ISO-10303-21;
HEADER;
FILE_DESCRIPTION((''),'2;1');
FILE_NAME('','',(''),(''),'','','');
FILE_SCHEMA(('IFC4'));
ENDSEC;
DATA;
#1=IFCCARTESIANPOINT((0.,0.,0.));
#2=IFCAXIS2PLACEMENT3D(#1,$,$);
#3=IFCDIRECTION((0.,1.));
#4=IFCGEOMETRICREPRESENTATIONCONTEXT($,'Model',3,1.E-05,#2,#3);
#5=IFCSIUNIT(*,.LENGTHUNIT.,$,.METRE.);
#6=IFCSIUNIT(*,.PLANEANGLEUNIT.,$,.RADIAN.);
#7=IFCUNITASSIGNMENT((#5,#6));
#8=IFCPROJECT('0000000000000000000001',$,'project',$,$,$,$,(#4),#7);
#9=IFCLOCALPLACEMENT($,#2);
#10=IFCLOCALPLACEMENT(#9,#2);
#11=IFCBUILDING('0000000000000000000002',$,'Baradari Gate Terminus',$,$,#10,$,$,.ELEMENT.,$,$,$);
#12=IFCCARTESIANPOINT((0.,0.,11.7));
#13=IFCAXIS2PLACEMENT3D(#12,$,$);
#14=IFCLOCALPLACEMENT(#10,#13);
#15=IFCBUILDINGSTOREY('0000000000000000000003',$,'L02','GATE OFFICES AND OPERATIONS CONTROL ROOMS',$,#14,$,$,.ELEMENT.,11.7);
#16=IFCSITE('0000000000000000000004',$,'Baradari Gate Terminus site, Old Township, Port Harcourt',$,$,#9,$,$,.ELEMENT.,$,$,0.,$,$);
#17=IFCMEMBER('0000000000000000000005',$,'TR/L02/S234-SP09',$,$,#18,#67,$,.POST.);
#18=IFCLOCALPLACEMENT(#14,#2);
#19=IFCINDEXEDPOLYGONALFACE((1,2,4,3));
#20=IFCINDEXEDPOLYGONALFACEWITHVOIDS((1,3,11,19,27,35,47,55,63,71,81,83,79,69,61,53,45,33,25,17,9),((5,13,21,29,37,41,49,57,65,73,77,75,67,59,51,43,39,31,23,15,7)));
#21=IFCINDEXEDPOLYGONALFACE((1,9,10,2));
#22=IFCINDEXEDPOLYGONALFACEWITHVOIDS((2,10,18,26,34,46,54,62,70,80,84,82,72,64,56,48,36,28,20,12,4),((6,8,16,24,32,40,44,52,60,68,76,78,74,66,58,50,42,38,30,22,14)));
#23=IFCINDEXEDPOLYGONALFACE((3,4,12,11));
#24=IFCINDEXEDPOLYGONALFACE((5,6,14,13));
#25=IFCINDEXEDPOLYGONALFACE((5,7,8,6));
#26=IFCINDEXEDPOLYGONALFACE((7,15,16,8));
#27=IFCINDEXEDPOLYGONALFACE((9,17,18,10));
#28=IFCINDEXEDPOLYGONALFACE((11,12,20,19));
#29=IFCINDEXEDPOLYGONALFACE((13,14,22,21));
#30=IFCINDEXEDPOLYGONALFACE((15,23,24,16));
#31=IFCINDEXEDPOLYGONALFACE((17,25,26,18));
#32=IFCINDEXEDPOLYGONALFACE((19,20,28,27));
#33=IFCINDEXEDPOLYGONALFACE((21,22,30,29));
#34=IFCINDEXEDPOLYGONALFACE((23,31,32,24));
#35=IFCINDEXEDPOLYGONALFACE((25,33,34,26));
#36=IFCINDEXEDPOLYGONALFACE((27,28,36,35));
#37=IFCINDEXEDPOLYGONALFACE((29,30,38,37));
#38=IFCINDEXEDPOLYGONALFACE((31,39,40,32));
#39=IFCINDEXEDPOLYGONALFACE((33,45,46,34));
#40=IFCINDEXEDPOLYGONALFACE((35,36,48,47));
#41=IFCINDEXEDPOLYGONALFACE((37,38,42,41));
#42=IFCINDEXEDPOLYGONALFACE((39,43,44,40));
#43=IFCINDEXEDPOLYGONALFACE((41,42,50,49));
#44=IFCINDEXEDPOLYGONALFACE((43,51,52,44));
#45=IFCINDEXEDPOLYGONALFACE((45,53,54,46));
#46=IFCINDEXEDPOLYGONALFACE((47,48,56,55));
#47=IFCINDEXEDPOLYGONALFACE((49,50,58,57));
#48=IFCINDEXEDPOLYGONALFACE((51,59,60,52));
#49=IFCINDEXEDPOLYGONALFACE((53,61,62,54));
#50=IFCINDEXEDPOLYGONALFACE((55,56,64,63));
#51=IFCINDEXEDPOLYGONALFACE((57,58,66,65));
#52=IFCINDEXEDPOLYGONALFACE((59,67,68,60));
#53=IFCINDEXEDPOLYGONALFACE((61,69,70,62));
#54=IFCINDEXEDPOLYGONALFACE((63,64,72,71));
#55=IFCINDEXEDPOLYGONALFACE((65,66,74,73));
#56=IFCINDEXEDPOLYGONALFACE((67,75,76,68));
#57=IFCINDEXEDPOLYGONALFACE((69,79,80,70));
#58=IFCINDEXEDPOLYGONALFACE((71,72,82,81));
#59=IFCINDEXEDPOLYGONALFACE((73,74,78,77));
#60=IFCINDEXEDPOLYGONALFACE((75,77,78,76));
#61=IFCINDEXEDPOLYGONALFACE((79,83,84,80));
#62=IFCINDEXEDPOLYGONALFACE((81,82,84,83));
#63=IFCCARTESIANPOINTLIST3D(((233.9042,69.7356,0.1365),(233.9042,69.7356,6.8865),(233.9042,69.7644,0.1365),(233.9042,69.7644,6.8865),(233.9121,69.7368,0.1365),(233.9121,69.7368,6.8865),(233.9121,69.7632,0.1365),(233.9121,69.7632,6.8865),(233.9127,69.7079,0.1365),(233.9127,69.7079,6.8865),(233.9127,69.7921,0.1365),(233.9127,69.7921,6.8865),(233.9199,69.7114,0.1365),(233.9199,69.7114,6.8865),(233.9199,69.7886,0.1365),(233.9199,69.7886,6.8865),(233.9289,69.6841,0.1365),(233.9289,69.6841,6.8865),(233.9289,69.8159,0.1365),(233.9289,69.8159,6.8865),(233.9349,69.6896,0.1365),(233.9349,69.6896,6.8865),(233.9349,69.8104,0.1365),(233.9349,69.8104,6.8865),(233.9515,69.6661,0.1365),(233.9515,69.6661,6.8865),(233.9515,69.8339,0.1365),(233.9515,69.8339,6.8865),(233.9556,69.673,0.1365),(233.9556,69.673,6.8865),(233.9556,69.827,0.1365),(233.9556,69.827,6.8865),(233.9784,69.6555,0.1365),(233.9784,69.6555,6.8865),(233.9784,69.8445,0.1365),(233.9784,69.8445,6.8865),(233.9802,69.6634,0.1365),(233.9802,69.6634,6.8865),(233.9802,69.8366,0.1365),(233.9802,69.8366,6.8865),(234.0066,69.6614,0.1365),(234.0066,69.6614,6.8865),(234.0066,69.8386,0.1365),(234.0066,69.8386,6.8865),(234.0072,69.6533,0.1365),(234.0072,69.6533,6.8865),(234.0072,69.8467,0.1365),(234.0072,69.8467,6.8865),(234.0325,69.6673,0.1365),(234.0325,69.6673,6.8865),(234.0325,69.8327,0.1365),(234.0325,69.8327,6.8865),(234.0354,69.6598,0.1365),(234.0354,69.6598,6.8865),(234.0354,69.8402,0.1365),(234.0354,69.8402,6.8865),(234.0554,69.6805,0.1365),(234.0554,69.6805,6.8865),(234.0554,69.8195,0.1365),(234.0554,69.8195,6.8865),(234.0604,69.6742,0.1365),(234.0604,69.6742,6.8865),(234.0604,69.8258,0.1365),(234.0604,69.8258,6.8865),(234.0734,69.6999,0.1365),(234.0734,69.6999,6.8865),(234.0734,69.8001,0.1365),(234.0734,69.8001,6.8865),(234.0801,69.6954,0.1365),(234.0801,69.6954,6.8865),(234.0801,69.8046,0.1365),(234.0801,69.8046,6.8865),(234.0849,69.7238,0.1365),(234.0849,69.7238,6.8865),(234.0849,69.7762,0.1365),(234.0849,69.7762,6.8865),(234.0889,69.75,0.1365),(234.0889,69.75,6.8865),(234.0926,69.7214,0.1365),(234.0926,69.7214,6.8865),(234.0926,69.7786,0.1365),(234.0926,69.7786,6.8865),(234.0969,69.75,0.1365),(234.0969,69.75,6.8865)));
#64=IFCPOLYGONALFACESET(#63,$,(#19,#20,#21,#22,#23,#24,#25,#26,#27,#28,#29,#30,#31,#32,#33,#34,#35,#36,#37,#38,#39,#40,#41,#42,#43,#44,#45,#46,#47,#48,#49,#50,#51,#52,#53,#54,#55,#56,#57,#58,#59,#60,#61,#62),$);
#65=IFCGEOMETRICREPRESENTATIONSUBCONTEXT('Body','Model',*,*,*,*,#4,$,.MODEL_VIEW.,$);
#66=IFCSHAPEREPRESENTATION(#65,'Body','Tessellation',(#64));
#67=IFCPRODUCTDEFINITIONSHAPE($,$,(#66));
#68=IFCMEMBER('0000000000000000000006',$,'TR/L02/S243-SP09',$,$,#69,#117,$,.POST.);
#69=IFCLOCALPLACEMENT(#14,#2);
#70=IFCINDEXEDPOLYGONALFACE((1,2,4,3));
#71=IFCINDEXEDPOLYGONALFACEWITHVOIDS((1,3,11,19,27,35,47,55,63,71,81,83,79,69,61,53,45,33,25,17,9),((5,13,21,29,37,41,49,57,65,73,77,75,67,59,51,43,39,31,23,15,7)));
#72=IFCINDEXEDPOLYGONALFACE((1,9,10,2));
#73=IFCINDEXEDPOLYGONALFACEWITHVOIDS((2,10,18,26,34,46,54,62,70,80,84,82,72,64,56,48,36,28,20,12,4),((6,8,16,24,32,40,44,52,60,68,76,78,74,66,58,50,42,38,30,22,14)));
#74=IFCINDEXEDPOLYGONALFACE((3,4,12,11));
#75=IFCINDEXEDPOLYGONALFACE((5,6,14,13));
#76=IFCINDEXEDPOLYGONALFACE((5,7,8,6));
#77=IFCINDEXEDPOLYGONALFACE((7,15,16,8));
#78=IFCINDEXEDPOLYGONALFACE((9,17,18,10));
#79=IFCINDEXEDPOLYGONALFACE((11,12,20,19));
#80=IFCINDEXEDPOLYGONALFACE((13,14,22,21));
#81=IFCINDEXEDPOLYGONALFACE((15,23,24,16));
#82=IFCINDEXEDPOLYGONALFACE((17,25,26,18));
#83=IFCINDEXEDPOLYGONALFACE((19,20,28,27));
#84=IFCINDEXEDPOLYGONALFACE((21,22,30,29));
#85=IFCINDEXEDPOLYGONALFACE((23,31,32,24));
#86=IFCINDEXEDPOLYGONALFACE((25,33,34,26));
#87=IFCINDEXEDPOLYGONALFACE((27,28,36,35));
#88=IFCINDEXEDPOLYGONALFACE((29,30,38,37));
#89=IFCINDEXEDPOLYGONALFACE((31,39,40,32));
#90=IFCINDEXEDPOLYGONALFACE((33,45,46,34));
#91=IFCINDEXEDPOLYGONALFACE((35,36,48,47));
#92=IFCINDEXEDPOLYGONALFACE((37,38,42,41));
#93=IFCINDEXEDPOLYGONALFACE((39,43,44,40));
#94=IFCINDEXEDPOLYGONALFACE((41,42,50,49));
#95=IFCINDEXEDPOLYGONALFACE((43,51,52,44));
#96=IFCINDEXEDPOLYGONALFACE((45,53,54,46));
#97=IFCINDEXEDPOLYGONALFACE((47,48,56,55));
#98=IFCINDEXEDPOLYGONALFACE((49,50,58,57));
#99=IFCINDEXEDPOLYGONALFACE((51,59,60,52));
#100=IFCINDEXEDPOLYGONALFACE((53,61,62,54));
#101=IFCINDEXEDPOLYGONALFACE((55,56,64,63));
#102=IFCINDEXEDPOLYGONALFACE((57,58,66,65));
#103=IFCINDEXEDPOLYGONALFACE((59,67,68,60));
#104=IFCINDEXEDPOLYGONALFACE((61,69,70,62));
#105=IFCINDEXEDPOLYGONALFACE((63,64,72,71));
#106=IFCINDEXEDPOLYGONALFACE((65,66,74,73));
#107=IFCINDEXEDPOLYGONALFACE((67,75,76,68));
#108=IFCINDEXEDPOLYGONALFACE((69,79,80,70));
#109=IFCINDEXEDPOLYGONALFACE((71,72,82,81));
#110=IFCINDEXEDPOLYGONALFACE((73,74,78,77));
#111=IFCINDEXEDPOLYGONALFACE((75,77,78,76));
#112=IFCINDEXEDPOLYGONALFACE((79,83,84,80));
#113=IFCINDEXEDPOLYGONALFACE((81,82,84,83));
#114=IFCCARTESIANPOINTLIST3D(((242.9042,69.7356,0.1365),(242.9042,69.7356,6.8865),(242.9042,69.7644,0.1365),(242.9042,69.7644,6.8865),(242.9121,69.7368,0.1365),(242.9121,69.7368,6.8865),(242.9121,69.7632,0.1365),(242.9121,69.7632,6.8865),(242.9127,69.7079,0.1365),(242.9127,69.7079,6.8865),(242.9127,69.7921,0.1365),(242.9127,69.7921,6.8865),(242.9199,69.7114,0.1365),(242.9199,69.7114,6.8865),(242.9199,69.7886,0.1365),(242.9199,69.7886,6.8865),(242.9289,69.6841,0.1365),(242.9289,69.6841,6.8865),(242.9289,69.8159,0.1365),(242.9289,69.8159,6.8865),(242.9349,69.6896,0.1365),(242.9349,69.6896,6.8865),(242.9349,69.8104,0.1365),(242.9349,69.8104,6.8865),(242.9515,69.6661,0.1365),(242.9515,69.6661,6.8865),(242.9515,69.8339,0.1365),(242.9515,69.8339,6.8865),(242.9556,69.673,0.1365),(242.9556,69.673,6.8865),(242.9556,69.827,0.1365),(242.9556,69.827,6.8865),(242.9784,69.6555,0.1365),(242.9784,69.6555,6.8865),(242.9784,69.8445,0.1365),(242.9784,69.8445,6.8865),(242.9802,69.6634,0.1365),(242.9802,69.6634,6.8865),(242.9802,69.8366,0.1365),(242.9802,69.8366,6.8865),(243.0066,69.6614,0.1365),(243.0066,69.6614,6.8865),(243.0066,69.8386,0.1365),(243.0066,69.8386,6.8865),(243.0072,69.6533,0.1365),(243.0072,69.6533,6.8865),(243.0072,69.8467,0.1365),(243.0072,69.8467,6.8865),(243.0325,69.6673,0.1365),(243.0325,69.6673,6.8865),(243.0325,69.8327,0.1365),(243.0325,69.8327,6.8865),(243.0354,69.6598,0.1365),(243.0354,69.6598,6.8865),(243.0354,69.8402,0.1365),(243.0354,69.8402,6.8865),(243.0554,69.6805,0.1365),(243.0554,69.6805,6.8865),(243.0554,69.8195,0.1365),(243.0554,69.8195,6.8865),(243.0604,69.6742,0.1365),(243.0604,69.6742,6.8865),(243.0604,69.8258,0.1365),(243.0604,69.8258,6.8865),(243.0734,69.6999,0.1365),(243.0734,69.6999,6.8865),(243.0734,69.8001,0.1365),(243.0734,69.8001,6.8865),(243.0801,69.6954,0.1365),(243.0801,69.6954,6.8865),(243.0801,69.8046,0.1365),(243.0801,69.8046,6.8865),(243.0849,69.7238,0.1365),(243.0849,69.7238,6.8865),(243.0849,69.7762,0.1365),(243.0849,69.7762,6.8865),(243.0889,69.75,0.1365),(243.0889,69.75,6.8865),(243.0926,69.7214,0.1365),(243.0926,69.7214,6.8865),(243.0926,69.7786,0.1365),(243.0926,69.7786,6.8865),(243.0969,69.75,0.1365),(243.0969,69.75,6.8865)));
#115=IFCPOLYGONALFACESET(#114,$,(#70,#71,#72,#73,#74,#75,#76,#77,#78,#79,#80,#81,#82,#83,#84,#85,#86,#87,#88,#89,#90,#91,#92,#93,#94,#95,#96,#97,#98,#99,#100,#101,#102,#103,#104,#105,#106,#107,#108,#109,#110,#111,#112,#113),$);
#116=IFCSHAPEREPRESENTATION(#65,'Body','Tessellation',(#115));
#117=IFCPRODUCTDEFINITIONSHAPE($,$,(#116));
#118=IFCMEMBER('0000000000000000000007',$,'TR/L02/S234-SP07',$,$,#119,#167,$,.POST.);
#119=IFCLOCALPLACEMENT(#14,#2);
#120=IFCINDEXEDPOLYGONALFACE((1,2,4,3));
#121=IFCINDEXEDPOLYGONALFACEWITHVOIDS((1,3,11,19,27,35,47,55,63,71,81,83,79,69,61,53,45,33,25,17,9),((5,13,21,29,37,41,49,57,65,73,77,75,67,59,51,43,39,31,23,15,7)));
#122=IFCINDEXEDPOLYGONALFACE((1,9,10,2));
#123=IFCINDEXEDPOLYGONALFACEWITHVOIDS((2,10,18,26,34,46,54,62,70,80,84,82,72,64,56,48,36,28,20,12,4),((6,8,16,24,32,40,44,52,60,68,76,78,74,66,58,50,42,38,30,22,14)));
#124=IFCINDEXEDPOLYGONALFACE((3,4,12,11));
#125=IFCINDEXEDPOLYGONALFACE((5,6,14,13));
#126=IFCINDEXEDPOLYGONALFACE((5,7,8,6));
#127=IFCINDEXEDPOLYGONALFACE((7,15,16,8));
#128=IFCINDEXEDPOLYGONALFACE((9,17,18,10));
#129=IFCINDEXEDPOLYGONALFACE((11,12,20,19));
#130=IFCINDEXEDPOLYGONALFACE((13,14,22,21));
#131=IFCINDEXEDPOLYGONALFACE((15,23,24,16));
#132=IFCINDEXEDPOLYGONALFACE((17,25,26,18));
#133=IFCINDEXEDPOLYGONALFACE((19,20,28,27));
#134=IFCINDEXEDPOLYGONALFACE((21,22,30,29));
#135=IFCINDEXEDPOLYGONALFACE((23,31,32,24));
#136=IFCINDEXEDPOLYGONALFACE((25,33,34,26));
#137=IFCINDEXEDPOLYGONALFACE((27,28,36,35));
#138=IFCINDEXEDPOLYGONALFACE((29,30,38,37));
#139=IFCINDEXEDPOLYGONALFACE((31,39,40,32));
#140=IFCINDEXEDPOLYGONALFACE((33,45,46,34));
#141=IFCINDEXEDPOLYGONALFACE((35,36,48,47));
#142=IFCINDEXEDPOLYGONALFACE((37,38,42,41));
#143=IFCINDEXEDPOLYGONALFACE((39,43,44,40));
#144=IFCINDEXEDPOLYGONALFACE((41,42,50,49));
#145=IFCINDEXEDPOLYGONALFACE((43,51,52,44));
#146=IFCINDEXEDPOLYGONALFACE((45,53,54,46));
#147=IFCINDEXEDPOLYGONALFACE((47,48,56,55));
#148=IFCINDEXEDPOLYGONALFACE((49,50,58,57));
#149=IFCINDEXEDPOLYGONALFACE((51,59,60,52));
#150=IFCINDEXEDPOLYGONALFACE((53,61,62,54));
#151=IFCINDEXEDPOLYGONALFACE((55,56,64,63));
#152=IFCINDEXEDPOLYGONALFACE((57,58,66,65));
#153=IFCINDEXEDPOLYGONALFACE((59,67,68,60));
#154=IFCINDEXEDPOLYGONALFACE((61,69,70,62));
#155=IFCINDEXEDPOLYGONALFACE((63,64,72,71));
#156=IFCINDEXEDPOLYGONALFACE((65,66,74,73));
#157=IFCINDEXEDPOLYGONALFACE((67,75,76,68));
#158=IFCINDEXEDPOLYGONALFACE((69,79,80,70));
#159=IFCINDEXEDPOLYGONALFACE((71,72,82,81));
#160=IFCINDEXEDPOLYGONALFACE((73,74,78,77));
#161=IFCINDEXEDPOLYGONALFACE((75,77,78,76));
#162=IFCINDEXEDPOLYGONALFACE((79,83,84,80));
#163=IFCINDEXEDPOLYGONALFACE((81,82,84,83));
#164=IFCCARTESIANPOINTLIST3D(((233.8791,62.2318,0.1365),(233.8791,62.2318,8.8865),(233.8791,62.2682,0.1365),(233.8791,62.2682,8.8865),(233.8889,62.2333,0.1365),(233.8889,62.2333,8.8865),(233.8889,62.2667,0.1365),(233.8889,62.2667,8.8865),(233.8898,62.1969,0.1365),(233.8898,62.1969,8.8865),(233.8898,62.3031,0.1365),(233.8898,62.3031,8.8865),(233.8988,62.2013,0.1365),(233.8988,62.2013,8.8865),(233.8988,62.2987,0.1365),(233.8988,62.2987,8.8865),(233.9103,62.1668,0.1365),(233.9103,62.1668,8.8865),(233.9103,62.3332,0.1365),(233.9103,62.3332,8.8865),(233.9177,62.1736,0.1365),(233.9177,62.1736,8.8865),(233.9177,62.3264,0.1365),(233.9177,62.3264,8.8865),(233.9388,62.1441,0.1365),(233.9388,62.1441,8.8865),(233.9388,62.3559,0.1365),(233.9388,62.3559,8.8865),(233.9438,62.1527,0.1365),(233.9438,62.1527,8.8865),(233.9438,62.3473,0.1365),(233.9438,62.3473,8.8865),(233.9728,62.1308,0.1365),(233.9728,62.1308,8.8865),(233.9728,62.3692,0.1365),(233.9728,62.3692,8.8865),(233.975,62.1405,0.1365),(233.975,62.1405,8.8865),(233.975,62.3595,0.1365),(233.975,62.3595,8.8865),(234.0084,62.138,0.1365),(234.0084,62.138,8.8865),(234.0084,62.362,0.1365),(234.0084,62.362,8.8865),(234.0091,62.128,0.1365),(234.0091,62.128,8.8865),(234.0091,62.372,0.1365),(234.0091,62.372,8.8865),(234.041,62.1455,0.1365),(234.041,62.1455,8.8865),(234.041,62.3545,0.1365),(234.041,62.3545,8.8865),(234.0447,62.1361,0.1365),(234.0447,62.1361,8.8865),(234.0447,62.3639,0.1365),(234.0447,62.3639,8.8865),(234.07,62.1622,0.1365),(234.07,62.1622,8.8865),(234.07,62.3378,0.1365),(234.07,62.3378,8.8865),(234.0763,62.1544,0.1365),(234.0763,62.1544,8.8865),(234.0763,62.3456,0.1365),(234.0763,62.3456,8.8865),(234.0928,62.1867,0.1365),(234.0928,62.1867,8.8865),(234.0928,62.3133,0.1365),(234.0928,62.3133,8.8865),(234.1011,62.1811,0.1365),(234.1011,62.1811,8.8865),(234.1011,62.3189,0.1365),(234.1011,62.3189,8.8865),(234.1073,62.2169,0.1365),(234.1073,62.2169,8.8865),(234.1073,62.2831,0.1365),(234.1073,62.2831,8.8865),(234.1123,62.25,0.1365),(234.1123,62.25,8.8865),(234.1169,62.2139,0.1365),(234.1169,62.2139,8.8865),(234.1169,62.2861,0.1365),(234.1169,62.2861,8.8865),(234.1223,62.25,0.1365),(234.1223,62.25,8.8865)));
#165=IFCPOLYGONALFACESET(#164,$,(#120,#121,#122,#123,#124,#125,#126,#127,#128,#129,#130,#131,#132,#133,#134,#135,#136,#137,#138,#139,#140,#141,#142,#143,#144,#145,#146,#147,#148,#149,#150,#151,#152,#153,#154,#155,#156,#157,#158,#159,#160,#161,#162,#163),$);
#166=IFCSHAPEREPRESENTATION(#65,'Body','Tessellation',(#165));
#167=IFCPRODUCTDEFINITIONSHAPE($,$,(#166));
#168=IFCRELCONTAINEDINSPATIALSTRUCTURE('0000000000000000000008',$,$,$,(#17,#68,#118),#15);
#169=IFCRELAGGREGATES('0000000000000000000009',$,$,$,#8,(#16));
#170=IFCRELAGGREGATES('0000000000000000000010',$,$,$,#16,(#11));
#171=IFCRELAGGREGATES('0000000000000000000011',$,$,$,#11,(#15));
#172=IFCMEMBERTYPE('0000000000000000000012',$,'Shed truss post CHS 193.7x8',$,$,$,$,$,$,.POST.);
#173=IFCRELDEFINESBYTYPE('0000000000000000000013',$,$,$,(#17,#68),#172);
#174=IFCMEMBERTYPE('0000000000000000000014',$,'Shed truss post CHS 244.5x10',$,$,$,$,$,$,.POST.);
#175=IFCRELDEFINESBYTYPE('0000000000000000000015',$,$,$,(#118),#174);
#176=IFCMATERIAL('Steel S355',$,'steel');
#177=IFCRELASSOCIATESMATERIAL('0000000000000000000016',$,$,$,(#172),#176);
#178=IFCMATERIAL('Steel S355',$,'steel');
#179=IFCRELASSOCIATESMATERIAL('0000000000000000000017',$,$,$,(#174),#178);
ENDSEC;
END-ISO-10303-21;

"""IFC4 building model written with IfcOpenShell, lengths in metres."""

from ifc_helpers import new_model, si_unit, direction, frame, origin, origin_2d, place, context, subcontext, project, spatial, hollow_circle, extrude, material, material_profile, profile_set, type_object, element, save


model = new_model("IFC4")

# Units and contexts
model_context = context("Model", 3, precision=1e-05, world=origin(), true_north=direction((0.0, 1.0)))
body_context = subcontext(model_context, "Body", "Model", "MODEL_VIEW")
ifc_project = project(units=[si_unit("LENGTHUNIT", "METRE"), si_unit("PLANEANGLEUNIT", "RADIAN")], contexts=[model_context])

# Site, building, storey
site_placement = place(None, origin())
site = spatial("IfcSite", under=ifc_project, at=site_placement, Name="Baradari Gate Terminus site, Old Township, Port Harcourt", CompositionType="ELEMENT", RefElevation=0.0)
building_placement = place(site_placement, origin())
building = spatial("IfcBuilding", under=site, at=building_placement, Name="Baradari Gate Terminus", CompositionType="ELEMENT")
storey_placement = place(building_placement, frame((0.0, 0.0, 11.7)))
storey = spatial("IfcBuildingStorey", under=building, at=storey_placement, Name="L02", Description="GATE OFFICES AND OPERATIONS CONTROL ROOMS", CompositionType="ELEMENT", Elevation=11.7)

# Members
ifc_material_1 = material(Name="Steel S355", Category="steel")
ifc_material_profile_1 = material_profile(ifc_material_1, hollow_circle(Radius=0.0969, WallThickness=0.0081, at=origin_2d()), Name="CHS 193.7x8")
ifc_profile_set_1 = profile_set([ifc_material_profile_1], Name="Steel S355")
member_type_1 = type_object("IfcMemberType", Name="Shed truss post CHS 193.7x8", PredefinedType="POST", material=ifc_profile_set_1)
for number, where, z_axis, x_axis, name in (
    (1, (234.0, 69.75, 0.1365), (0.0, 0.0, 1.0), (1.0, 0.0, 0.0), "TR/L02/S234-SP09"),
    (2, (243.0, 69.75, 0.1365), (0.0, 0.0, 1.0), (1.0, 0.0, 0.0), "TR/L02/S243-SP09"),
):
    element("IfcMember", number, at=place(storey_placement, frame(where, z_axis=z_axis, x_axis=x_axis)), inside=storey, type_object=member_type_1, Name=name, PredefinedType="POST", context=body_context, shape_type="SweptSolid", body=[
        extrude(hollow_circle(Radius=0.0969, WallThickness=0.0081, at=origin_2d()), origin(), (0.0, 0.0, 1.0), 6.75),
    ])
ifc_material_2 = material(Name="Steel S355", Category="steel")
ifc_material_profile_2 = material_profile(ifc_material_2, hollow_circle(Radius=0.1223, WallThickness=0.01, at=origin_2d()), Name="CHS 244.5x10")
ifc_profile_set_2 = profile_set([ifc_material_profile_2], Name="Steel S355")
member_type_2 = type_object("IfcMemberType", Name="Shed truss post CHS 244.5x10", PredefinedType="POST", material=ifc_profile_set_2)
member_1_placement = place(storey_placement, frame((234.0, 62.25, 0.1365), z_axis=(0.0, 0.0, 1.0), x_axis=(1.0, 0.0, 0.0)))
element("IfcMember", 3, at=member_1_placement, inside=storey, type_object=member_type_2, Name="TR/L02/S234-SP07", PredefinedType="POST", context=body_context, shape_type="SweptSolid", body=[
    extrude(hollow_circle(Radius=0.1223, WallThickness=0.01, at=origin_2d()), origin(), (0.0, 0.0, 1.0), 8.75),
])

save(model, "model.ifc")
